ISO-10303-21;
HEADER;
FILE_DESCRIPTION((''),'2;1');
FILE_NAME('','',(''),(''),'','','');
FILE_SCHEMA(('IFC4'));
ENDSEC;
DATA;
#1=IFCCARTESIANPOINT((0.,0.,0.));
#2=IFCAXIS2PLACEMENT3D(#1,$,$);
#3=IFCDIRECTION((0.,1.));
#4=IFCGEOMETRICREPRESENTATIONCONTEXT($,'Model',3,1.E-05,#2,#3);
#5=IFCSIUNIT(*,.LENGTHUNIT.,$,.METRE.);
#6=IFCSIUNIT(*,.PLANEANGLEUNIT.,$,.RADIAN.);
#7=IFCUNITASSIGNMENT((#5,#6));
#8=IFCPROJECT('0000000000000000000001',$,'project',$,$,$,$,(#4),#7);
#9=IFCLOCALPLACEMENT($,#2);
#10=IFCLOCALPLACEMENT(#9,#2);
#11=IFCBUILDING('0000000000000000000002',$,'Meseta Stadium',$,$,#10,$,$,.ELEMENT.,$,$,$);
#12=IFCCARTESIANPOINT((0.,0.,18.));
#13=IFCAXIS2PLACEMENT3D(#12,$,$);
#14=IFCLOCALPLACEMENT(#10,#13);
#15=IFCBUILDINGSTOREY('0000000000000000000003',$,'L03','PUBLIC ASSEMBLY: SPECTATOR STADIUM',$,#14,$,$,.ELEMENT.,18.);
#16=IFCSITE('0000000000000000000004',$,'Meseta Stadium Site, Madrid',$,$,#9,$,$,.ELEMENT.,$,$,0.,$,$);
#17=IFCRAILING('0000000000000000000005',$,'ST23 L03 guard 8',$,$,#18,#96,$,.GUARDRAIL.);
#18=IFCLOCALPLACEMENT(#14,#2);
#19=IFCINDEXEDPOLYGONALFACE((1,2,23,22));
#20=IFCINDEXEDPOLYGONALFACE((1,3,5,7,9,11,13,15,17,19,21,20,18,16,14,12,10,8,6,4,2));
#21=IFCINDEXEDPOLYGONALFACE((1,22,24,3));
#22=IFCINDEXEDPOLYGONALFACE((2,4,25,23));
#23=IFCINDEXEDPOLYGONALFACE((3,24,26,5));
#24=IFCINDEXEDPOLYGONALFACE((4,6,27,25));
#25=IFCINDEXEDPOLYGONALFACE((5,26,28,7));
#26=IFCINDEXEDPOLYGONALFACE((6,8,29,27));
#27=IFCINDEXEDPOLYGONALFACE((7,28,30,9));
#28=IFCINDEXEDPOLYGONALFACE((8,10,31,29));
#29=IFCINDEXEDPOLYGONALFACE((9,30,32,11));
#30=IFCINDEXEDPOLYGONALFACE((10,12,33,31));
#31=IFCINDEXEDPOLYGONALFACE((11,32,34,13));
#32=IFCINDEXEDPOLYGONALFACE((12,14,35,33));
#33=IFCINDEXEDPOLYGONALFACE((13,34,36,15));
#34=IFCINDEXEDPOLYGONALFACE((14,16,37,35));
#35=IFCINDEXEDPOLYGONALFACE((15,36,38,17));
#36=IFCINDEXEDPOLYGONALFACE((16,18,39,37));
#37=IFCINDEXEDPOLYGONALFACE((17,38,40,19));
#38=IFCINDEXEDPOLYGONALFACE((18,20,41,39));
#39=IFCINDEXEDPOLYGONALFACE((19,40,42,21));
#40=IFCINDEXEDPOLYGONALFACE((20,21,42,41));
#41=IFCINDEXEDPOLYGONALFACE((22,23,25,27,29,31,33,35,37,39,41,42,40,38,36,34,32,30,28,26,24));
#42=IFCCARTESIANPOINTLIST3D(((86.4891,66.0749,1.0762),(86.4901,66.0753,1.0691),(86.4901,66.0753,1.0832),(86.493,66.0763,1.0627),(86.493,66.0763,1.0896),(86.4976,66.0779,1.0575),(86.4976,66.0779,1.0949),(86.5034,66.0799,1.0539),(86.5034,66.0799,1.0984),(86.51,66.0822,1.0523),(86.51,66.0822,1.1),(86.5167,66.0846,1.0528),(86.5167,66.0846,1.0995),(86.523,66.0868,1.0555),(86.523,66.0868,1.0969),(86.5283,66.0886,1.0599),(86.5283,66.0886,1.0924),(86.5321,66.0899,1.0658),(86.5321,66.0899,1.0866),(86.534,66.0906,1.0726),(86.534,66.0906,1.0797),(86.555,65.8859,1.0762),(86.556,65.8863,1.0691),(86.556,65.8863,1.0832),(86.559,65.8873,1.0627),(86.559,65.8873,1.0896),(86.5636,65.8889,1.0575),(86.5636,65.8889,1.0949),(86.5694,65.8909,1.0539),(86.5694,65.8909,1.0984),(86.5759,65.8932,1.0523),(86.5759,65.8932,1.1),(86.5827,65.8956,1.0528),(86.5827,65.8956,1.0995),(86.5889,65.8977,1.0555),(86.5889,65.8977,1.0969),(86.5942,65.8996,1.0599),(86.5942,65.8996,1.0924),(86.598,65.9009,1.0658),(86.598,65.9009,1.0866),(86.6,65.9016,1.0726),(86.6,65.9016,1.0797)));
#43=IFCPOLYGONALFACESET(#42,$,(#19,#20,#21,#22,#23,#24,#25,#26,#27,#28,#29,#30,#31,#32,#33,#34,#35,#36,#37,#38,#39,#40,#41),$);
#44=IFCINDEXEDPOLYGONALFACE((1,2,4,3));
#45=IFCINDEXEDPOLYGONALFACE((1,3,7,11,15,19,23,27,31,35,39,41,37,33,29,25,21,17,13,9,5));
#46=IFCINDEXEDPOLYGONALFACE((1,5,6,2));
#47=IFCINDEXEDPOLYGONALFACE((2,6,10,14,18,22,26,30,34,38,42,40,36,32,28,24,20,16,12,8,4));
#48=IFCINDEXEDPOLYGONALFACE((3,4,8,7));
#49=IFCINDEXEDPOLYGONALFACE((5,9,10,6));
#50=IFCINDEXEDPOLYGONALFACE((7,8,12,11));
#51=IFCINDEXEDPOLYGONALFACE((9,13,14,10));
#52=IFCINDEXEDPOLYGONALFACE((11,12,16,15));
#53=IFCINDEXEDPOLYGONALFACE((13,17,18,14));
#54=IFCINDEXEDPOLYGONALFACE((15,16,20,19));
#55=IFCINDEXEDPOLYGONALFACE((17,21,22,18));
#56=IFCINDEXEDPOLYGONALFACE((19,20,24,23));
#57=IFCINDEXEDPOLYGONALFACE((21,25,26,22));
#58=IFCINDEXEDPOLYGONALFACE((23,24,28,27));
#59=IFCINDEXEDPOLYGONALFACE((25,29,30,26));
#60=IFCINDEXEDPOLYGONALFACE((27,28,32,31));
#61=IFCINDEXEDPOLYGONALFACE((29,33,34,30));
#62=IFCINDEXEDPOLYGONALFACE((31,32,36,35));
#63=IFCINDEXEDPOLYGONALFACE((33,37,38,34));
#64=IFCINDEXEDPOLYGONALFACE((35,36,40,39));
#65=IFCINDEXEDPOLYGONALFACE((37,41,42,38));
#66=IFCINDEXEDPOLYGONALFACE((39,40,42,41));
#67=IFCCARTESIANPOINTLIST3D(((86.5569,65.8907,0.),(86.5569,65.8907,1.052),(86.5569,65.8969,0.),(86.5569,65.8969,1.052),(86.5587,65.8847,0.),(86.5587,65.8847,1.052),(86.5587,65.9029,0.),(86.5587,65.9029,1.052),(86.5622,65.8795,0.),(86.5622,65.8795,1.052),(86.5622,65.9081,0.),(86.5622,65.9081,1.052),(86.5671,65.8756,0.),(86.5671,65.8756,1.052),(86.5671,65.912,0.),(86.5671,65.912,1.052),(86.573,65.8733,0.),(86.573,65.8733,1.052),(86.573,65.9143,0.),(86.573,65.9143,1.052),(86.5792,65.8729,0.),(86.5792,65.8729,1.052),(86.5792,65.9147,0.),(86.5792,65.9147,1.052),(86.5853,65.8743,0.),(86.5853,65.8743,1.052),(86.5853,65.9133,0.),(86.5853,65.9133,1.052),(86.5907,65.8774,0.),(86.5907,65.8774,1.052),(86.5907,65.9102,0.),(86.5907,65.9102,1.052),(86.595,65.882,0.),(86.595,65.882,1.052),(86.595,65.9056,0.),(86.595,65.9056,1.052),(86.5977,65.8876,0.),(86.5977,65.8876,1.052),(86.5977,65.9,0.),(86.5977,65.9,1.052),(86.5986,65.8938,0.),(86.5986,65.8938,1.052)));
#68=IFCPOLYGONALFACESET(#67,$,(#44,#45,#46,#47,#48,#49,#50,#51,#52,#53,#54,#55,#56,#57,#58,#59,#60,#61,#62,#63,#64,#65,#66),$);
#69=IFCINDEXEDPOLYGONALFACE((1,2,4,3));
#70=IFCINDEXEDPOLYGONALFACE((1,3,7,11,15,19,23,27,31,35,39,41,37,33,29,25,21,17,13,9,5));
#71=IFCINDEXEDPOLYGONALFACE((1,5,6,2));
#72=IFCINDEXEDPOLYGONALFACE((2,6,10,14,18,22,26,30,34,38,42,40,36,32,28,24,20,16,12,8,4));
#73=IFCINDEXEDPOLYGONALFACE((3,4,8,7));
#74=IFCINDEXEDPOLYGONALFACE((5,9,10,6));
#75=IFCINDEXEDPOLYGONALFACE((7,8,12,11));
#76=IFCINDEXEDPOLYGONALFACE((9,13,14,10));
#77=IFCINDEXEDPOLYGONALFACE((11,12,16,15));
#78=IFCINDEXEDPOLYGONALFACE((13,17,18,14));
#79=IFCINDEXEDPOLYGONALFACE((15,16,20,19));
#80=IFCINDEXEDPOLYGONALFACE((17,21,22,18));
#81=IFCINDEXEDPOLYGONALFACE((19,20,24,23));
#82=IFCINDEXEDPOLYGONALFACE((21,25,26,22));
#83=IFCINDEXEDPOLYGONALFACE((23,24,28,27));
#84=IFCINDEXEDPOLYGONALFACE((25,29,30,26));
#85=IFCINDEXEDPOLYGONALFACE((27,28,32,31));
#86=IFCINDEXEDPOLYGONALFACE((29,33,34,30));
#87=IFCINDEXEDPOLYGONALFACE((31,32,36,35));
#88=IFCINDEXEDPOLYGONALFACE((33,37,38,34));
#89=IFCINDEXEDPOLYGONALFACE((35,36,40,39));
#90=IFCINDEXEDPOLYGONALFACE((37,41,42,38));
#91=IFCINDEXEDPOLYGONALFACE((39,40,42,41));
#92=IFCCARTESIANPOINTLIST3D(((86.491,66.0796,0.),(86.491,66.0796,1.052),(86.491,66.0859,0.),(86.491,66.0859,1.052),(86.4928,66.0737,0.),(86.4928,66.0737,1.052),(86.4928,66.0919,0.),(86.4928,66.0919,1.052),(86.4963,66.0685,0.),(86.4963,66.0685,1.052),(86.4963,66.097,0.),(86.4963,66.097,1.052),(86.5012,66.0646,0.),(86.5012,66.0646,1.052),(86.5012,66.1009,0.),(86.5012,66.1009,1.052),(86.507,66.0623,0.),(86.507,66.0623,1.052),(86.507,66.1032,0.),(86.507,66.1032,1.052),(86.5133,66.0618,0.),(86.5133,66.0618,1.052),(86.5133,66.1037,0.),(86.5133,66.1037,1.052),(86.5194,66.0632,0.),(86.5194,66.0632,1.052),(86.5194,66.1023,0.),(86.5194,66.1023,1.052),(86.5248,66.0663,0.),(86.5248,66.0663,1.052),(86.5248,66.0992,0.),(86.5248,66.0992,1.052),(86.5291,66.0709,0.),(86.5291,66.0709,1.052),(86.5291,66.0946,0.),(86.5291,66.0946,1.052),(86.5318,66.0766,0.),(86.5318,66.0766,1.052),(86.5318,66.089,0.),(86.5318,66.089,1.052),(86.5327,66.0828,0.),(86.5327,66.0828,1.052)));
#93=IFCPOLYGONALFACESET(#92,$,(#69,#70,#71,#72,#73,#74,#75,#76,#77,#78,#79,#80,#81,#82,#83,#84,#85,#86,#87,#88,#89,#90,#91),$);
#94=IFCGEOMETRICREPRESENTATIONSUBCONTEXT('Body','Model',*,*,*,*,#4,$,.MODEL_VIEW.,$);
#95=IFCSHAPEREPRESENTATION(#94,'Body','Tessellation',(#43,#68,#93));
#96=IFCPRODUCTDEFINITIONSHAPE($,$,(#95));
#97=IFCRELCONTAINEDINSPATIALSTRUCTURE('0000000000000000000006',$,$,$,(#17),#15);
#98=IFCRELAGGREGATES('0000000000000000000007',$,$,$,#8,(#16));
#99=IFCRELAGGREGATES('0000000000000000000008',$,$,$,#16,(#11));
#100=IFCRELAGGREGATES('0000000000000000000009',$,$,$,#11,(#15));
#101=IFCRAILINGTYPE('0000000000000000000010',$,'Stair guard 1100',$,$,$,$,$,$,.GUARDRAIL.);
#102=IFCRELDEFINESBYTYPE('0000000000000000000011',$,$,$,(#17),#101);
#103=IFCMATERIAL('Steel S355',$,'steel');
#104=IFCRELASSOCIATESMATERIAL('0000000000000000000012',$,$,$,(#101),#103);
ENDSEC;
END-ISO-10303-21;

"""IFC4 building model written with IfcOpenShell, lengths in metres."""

from ifc_helpers import new_model, si_unit, direction, frame, origin, origin_2d, place, context, subcontext, project, spatial, circle, extrude, material, type_object, element, save


model = new_model("IFC4")

# Units and contexts
model_context = context("Model", 3, precision=1e-05, world=origin(), true_north=direction((0.0, 1.0)))
body_context = subcontext(model_context, "Body", "Model", "MODEL_VIEW")
ifc_project = project(units=[si_unit("LENGTHUNIT", "METRE"), si_unit("PLANEANGLEUNIT", "RADIAN")], contexts=[model_context])

# Site, building, storey
site_placement = place(None, origin())
site = spatial("IfcSite", under=ifc_project, at=site_placement, Name="Meseta Stadium Site, Madrid", CompositionType="ELEMENT", RefElevation=0.0)
building_placement = place(site_placement, origin())
building = spatial("IfcBuilding", under=site, at=building_placement, Name="Meseta Stadium", CompositionType="ELEMENT")
storey_placement = place(building_placement, frame((0.0, 0.0, 18.0)))
storey = spatial("IfcBuildingStorey", under=building, at=storey_placement, Name="L03", Description="PUBLIC ASSEMBLY: SPECTATOR STADIUM", CompositionType="ELEMENT", Elevation=18.0)

# Railing
ifc_material_1 = material(Name="Steel S355", Category="steel")
railing_type_1 = type_object("IfcRailingType", Name="Stair guard 1100", PredefinedType="GUARDRAIL", material=ifc_material_1)
railing_1_placement = place(storey_placement, frame((86.5776, 65.8938, 0.0)))
element("IfcRailing", 1, at=railing_1_placement, inside=storey, type_object=railing_type_1, Name="ST23 L03 guard 8", PredefinedType="GUARDRAIL", context=body_context, shape_type="SweptSolid", body=[
    extrude(circle(Radius=0.0239, at=origin_2d()), frame((0.0, 0.0, 1.0762), z_axis=(-0.329372, 0.9442, 0.0), x_axis=(-0.9442, -0.329372, 0.0)), (0.0, 0.0, 1.0), 0.2002),
    extrude(circle(Radius=0.021, at=origin_2d()), origin(), (0.0, 0.0, 1.0), 1.052),
    extrude(circle(Radius=0.021, at=origin_2d()), frame((-0.0659, 0.189, 0.0)), (0.0, 0.0, 1.0), 1.052),
])

save(model, "model.ifc")
